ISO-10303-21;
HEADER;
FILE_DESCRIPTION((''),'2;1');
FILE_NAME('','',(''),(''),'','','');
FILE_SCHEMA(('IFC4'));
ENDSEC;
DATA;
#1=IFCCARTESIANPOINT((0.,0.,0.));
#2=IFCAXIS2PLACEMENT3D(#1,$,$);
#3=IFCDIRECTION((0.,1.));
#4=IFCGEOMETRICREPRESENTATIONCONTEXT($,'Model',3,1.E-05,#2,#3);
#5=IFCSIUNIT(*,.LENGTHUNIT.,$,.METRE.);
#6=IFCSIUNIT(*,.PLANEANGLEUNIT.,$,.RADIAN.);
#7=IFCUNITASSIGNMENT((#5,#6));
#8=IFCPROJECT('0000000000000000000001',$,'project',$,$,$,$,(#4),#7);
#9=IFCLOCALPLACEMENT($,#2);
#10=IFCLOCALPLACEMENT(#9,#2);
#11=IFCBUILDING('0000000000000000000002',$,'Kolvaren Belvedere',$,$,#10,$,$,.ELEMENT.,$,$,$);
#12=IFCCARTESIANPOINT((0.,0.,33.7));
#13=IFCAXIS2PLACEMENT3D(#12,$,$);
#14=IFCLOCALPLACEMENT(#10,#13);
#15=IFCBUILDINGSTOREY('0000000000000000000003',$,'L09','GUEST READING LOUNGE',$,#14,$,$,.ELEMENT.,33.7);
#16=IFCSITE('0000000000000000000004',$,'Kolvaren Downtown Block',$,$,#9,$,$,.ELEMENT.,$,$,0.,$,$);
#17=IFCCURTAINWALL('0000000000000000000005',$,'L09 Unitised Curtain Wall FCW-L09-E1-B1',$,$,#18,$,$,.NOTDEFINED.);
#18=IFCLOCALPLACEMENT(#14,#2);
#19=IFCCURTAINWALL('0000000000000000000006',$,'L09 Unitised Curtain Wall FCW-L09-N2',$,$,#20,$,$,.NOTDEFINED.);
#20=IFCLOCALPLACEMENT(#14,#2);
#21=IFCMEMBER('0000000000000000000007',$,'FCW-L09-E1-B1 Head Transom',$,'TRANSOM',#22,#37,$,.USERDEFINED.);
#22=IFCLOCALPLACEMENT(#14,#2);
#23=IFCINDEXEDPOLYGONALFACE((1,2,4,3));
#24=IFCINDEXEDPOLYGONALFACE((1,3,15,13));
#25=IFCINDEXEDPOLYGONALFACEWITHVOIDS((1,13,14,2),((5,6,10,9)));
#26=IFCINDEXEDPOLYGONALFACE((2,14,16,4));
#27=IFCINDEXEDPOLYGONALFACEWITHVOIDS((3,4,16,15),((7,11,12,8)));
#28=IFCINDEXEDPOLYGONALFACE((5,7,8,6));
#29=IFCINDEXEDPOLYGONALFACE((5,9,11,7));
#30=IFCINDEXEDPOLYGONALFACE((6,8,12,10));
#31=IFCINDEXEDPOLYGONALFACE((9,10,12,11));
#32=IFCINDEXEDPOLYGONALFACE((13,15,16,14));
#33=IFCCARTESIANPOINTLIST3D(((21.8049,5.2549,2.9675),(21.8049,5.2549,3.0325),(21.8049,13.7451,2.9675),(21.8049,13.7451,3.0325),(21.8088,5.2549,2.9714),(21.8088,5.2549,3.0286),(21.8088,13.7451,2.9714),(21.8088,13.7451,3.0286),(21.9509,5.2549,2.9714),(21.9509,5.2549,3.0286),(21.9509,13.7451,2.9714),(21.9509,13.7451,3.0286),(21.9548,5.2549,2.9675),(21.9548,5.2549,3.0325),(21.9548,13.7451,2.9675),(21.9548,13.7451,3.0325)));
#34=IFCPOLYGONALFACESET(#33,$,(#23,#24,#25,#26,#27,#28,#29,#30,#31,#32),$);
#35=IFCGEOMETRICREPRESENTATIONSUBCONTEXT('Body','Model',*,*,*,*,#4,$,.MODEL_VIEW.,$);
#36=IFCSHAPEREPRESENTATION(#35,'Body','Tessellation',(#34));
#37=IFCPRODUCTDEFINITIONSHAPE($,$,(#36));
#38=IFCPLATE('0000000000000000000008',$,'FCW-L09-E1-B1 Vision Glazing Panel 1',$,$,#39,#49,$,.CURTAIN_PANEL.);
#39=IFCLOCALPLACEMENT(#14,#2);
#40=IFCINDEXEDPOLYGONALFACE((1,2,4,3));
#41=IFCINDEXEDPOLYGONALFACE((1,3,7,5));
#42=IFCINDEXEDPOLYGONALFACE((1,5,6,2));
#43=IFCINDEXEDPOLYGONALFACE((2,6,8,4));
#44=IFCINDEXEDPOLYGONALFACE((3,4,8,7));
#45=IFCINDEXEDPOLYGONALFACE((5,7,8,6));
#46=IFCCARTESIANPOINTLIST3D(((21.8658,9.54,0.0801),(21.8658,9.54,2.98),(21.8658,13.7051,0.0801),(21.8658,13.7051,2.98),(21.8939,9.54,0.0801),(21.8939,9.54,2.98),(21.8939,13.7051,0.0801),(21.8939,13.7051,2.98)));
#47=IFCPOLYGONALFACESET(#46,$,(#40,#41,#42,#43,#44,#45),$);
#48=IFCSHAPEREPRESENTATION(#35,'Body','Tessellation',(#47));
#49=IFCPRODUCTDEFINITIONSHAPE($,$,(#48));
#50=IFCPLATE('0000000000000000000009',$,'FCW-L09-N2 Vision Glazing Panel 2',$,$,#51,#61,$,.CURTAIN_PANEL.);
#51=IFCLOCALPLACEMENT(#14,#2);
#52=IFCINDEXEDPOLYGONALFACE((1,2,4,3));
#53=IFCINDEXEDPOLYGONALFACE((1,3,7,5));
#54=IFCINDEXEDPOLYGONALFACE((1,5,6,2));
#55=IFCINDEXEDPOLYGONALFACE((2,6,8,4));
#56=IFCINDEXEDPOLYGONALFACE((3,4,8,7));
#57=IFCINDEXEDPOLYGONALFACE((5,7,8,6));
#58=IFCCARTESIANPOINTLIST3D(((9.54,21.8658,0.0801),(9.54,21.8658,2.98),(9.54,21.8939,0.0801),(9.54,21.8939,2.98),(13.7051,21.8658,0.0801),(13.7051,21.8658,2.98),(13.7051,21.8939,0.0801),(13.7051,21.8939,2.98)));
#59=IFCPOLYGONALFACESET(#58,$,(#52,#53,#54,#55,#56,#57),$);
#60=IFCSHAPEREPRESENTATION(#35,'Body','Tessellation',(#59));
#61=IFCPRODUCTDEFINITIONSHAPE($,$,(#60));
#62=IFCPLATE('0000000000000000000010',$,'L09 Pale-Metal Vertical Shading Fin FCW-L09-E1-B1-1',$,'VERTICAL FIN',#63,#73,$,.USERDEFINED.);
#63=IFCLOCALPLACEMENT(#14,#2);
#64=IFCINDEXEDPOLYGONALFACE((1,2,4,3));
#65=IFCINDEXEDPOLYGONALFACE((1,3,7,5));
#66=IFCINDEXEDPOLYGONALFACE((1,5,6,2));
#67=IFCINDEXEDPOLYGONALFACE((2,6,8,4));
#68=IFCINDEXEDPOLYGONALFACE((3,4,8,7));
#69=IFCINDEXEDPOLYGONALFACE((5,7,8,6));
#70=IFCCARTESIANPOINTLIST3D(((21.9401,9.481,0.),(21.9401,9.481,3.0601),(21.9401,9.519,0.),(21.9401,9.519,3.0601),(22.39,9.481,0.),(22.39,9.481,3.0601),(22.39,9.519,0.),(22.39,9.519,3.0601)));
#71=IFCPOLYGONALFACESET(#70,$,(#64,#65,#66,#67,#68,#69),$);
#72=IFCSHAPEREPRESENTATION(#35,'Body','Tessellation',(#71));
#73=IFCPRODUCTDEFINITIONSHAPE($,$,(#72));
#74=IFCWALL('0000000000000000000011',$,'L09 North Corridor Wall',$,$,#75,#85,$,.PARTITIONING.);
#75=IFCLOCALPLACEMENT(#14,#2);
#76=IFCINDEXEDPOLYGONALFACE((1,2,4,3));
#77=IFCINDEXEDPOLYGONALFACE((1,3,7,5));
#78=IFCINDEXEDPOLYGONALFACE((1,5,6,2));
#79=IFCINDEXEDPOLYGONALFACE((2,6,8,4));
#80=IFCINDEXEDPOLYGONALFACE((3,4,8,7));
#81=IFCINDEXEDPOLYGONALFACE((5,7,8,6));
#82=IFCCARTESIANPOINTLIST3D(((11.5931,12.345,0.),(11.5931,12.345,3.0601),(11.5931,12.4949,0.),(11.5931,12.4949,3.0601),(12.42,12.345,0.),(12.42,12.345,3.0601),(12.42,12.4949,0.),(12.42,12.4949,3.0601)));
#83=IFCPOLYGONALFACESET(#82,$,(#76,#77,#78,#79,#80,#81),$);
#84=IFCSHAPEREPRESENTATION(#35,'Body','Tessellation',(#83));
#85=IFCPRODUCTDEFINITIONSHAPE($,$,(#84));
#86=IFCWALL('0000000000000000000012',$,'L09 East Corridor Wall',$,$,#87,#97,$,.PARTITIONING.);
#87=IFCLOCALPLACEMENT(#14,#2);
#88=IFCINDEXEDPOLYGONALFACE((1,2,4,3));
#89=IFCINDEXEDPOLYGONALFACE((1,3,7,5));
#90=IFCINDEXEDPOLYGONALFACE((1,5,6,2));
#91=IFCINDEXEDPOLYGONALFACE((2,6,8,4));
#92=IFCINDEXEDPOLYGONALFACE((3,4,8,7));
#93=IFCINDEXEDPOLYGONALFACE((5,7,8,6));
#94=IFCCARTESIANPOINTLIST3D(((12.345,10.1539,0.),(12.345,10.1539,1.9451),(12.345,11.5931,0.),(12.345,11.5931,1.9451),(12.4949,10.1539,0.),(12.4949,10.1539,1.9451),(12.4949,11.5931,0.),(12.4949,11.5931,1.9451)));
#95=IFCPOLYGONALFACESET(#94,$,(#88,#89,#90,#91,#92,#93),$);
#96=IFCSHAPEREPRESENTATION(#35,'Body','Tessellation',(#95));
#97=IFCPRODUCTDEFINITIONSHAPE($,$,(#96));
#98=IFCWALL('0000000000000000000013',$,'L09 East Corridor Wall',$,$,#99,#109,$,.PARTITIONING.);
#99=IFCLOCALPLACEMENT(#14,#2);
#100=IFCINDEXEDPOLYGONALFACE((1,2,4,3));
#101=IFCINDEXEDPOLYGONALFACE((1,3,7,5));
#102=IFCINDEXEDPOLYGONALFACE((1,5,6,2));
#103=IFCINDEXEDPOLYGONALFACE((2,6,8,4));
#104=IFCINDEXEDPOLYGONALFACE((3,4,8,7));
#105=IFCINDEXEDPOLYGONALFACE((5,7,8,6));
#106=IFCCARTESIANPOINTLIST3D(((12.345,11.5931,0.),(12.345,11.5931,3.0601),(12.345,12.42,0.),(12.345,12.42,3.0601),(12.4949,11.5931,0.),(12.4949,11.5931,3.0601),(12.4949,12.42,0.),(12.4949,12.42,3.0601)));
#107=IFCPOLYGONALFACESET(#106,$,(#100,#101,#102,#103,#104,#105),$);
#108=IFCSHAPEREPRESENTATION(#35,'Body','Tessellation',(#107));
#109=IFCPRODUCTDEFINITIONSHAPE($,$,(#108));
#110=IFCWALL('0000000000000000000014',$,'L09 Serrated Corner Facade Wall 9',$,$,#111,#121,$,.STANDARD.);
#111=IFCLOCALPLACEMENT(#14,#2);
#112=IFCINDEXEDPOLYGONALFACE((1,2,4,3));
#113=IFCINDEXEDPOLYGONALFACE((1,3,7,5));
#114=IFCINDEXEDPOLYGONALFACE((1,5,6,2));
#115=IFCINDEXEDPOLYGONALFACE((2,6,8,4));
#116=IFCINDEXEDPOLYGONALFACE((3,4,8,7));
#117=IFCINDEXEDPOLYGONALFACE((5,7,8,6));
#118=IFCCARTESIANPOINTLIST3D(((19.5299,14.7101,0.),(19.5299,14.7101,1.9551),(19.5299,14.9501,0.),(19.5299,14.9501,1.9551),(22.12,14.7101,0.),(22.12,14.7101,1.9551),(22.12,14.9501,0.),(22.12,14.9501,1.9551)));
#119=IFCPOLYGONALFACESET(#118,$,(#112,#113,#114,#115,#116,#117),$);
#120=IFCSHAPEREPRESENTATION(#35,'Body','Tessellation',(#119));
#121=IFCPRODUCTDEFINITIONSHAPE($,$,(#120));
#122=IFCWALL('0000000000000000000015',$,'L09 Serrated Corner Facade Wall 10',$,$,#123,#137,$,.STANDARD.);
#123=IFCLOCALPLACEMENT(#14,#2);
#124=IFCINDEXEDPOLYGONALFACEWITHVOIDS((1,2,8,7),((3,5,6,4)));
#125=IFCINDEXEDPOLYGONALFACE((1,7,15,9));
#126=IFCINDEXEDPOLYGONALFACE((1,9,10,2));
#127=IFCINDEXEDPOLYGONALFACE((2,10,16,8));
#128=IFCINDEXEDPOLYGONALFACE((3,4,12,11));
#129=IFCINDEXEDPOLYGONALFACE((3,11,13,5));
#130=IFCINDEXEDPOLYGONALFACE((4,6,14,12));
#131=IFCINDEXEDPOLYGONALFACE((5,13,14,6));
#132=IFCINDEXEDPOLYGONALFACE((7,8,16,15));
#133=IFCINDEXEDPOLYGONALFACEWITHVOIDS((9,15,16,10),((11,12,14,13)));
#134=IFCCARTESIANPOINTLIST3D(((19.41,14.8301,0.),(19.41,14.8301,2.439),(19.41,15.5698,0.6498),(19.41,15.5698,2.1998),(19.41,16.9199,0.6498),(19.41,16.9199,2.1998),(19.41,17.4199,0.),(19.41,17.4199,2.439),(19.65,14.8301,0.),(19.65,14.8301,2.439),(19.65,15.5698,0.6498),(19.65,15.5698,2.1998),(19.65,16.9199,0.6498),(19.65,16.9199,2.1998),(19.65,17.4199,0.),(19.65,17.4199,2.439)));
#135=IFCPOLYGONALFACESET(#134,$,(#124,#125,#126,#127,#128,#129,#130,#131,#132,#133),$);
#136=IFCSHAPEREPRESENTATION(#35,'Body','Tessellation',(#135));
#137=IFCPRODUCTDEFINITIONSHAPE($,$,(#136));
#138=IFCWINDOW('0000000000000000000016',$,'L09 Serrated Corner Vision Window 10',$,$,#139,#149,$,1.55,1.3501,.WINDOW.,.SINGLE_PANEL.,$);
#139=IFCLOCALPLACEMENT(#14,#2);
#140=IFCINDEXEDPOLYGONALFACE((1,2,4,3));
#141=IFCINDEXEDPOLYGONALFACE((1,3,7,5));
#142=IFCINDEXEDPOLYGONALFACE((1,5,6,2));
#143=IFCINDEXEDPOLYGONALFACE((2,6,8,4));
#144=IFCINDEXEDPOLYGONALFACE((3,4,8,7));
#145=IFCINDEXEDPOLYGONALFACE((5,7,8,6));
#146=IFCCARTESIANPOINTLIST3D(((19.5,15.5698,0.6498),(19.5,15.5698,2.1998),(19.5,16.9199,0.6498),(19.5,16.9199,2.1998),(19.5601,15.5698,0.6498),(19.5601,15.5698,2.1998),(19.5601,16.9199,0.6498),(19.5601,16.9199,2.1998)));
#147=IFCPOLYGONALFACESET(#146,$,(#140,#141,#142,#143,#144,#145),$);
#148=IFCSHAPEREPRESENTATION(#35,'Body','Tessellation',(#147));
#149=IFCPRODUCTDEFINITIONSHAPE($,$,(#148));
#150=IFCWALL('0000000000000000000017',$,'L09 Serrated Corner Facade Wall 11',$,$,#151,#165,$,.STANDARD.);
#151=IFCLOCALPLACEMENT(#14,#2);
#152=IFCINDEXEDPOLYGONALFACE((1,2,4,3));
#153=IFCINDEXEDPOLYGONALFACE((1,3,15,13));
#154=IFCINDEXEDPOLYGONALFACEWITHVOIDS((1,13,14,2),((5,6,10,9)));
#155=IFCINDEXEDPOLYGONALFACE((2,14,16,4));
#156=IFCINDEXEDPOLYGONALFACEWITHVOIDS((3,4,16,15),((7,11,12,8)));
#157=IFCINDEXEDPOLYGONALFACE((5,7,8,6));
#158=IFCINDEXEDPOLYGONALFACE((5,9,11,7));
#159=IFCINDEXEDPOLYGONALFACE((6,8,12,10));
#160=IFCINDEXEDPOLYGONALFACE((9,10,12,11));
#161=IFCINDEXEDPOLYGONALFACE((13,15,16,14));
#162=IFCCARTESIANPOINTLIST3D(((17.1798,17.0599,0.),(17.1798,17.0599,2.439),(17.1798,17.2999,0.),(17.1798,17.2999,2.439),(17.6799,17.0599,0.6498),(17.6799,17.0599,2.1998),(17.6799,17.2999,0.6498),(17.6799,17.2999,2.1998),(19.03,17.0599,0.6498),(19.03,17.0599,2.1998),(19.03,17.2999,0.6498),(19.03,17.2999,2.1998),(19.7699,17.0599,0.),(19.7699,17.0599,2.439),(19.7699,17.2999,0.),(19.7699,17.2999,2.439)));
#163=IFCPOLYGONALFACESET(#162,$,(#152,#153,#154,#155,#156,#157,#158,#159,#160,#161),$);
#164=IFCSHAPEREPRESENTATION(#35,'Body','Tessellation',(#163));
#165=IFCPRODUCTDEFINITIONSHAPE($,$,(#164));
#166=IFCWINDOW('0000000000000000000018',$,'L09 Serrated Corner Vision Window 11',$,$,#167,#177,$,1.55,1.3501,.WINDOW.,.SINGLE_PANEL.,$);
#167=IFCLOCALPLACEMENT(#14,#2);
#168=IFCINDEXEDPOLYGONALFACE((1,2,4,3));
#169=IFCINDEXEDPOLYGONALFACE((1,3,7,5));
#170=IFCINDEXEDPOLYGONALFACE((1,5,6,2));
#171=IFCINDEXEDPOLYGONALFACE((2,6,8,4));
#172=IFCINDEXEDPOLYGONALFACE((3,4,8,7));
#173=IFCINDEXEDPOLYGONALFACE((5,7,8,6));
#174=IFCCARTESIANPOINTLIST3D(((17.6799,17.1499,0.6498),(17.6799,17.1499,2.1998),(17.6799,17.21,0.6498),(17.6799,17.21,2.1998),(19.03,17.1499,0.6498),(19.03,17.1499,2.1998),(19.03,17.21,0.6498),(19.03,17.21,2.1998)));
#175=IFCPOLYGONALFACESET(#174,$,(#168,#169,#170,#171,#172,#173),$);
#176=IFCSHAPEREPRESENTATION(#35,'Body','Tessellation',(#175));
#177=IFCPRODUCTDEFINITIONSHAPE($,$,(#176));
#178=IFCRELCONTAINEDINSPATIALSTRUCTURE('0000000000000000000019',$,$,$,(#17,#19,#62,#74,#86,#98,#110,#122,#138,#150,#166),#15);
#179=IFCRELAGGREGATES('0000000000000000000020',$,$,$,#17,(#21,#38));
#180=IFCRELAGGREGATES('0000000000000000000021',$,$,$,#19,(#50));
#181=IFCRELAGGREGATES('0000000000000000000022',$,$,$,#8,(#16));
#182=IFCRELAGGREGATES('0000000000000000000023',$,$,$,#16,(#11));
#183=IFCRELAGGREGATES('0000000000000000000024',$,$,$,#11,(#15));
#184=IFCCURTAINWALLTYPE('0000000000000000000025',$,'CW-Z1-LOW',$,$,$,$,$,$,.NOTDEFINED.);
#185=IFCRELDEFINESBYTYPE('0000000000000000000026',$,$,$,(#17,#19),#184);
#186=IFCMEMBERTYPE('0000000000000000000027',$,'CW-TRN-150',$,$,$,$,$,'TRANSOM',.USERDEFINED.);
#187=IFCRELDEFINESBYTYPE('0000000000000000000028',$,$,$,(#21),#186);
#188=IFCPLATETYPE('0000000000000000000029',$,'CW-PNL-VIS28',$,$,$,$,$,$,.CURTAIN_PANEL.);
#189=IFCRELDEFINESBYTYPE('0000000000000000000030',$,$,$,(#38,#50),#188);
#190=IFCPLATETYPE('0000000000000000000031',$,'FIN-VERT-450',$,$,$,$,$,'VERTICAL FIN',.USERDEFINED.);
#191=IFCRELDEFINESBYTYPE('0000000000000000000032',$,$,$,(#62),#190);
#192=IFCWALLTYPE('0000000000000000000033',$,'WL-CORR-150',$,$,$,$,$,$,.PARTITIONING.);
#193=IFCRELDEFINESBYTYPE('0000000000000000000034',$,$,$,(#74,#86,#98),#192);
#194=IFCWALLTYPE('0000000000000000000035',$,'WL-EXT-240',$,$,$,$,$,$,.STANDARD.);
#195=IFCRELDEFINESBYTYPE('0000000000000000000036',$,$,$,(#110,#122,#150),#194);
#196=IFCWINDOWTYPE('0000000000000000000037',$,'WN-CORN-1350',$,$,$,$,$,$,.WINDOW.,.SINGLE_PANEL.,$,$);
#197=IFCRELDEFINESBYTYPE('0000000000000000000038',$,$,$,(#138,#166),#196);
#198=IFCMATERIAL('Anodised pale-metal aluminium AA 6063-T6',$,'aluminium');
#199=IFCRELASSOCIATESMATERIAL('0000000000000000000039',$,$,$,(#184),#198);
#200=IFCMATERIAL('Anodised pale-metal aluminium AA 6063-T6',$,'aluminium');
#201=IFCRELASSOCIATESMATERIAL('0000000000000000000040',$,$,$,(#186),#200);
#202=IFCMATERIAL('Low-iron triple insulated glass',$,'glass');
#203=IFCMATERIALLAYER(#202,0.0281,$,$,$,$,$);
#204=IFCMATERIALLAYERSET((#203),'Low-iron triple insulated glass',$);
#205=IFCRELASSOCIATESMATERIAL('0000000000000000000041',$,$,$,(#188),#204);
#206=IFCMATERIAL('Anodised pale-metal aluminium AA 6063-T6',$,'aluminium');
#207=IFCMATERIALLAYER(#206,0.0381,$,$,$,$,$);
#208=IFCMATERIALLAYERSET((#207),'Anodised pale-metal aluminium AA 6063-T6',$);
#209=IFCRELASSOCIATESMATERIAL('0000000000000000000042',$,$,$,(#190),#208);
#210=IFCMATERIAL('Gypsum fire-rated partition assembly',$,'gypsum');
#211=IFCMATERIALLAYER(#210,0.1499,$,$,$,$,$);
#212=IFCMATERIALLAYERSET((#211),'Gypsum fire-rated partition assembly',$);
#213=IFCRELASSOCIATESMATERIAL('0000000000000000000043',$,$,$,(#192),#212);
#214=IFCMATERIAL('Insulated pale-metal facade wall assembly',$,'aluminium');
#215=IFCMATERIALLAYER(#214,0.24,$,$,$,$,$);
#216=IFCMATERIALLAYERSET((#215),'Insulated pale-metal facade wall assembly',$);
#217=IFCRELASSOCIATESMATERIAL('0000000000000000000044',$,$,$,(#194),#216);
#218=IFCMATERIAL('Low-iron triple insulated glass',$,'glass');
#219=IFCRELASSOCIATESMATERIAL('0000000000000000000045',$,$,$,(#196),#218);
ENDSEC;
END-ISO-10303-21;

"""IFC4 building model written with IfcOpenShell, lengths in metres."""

from ifc_helpers import new_model, si_unit, direction, frame, frame_2d, origin, origin_2d, place, context, subcontext, project, spatial, rectangle, hollow_rectangle, extrude, material, layer, layer_set, material_profile, profile_set, type_object, element, fill, aggregate, save


model = new_model("IFC4")

# Units and contexts
model_context = context("Model", 3, precision=1e-05, world=origin(), true_north=direction((0.0, 1.0)))
body_context = subcontext(model_context, "Body", "Model", "MODEL_VIEW")
ifc_project = project(units=[si_unit("LENGTHUNIT", "METRE"), si_unit("PLANEANGLEUNIT", "RADIAN")], contexts=[model_context])

# Site, building, storey
site_placement = place(None, origin())
site = spatial("IfcSite", under=ifc_project, at=site_placement, Name="Kolvaren Downtown Block", CompositionType="ELEMENT", RefElevation=0.0)
building_placement = place(site_placement, origin())
building = spatial("IfcBuilding", under=site, at=building_placement, Name="Kolvaren Belvedere", CompositionType="ELEMENT")
storey_placement = place(building_placement, frame((0.0, 0.0, 33.7)))
storey = spatial("IfcBuildingStorey", under=building, at=storey_placement, Name="L09", Description="GUEST READING LOUNGE", CompositionType="ELEMENT", Elevation=33.7)

# Curtain wall
ifc_material_1 = material(Name="Anodised pale-metal aluminium AA 6063-T6", Category="aluminium")
curtain_wall_type = type_object("IfcCurtainWallType", Name="CW-Z1-LOW", PredefinedType="NOTDEFINED", material=ifc_material_1)
curtain_wall_1_placement = place(storey_placement, origin())
curtain_wall_1 = element("IfcCurtainWall", 1, at=curtain_wall_1_placement, inside=storey, type_object=curtain_wall_type, Name="L09 Unitised Curtain Wall FCW-L09-E1-B1", PredefinedType="NOTDEFINED")

# Curtain wall
curtain_wall_2_placement = place(storey_placement, origin())
curtain_wall_2 = element("IfcCurtainWall", 2, at=curtain_wall_2_placement, inside=storey, type_object=curtain_wall_type, Name="L09 Unitised Curtain Wall FCW-L09-N2", PredefinedType="NOTDEFINED")

# Member
ifc_material_2 = material(Name="Anodised pale-metal aluminium AA 6063-T6", Category="aluminium")
ifc_material_profile_1 = material_profile(ifc_material_2, hollow_rectangle(XDim=0.0649, YDim=0.1499, WallThickness=0.0039, at=origin_2d()), Name="ALU-TRN-150X65")
ifc_profile_set_1 = profile_set([ifc_material_profile_1], Name="Anodised pale-metal aluminium AA 6063-T6")
member_type_1 = type_object("IfcMemberType", Name="CW-TRN-150", ElementType="TRANSOM", PredefinedType="USERDEFINED", material=ifc_profile_set_1)
member_1_placement = place(storey_placement, frame((21.8799, 13.7451, 3.0), z_axis=(0.0, -1.0, 0.0), x_axis=(0.0, 0.0, 1.0)))
member_1 = element("IfcMember", 3, at=member_1_placement, type_object=member_type_1, Name="FCW-L09-E1-B1 Head Transom", ObjectType="TRANSOM", PredefinedType="USERDEFINED", context=body_context, shape_type="SweptSolid", body=[
    extrude(hollow_rectangle(XDim=0.0649, YDim=0.1499, WallThickness=0.0039, at=origin_2d()), origin(), (0.0, 0.0, 1.0), 8.4902),
])

# Plates
ifc_material_3 = material(Name="Low-iron triple insulated glass", Category="glass")
ifc_layer_1 = layer(ifc_material_3, 0.0281)
ifc_layer_set_1 = layer_set([ifc_layer_1], Name="Low-iron triple insulated glass")
plate_type_1 = type_object("IfcPlateType", Name="CW-PNL-VIS28", PredefinedType="CURTAIN_PANEL", material=ifc_layer_set_1)
plate_1_placement = place(storey_placement, frame((21.8799, 11.6226, 0.0801), z_axis=(0.0, 0.0, 1.0), x_axis=(0.0, -1.0, 0.0)))
plate_1 = element("IfcPlate", 4, at=plate_1_placement, type_object=plate_type_1, Name="FCW-L09-E1-B1 Vision Glazing Panel 1", PredefinedType="CURTAIN_PANEL", context=body_context, shape_type="SweptSolid", body=[
    extrude(rectangle(XDim=4.165, YDim=0.0281, at=origin_2d()), origin(), (0.0, 0.0, 1.0), 2.8999),
])
aggregate(curtain_wall_1, [member_1, plate_1])
plate_2_placement = place(storey_placement, frame((11.6226, 21.8799, 0.0801), z_axis=(0.0, 0.0, 1.0), x_axis=(1.0, 0.0, 0.0)))
plate_2 = element("IfcPlate", 5, at=plate_2_placement, type_object=plate_type_1, Name="FCW-L09-N2 Vision Glazing Panel 2", PredefinedType="CURTAIN_PANEL", context=body_context, shape_type="SweptSolid", body=[
    extrude(rectangle(XDim=4.165, YDim=0.0281, at=origin_2d()), origin(), (0.0, 0.0, 1.0), 2.8999),
])
aggregate(curtain_wall_2, [plate_2])
ifc_material_4 = material(Name="Anodised pale-metal aluminium AA 6063-T6", Category="aluminium")
ifc_layer_2 = layer(ifc_material_4, 0.0381)
ifc_layer_set_2 = layer_set([ifc_layer_2], Name="Anodised pale-metal aluminium AA 6063-T6")
plate_type_2 = type_object("IfcPlateType", Name="FIN-VERT-450", ElementType="VERTICAL FIN", PredefinedType="USERDEFINED", material=ifc_layer_set_2)
plate_3_placement = place(storey_placement, frame((22.165, 9.5, 0.0), z_axis=(0.0, 0.0, 1.0), x_axis=(1.0, 0.0, 0.0)))
element("IfcPlate", 6, at=plate_3_placement, inside=storey, type_object=plate_type_2, Name="L09 Pale-Metal Vertical Shading Fin FCW-L09-E1-B1-1", ObjectType="VERTICAL FIN", PredefinedType="USERDEFINED", context=body_context, shape_type="SweptSolid", body=[
    extrude(rectangle(XDim=0.45, YDim=0.0381, at=origin_2d()), origin(), (0.0, 0.0, 1.0), 3.0601),
])

# Walls
ifc_material_5 = material(Name="Gypsum fire-rated partition assembly", Category="gypsum")
ifc_layer_3 = layer(ifc_material_5, 0.1499)
ifc_layer_set_3 = layer_set([ifc_layer_3], Name="Gypsum fire-rated partition assembly")
wall_type_1 = type_object("IfcWallType", Name="WL-CORR-150", PredefinedType="PARTITIONING", material=ifc_layer_set_3)
wall_1_placement = place(storey_placement, frame((11.593, 12.4199, 0.0), z_axis=(0.0, 0.0, 1.0), x_axis=(1.0, 0.0, 0.0)))
element("IfcWall", 7, at=wall_1_placement, inside=storey, type_object=wall_type_1, Name="L09 North Corridor Wall", PredefinedType="PARTITIONING", context=body_context, shape_type="SweptSolid", body=[
    extrude(rectangle(XDim=0.8269, YDim=0.1499, at=frame_2d((0.4136, 0.0))), origin(), (0.0, 0.0, 1.0), 3.0601),
])
wall_2_placement = place(storey_placement, frame((12.4199, 10.1538, 0.0), z_axis=(0.0, 0.0, 1.0), x_axis=(0.0, 1.0, 0.0)))
element("IfcWall", 8, at=wall_2_placement, inside=storey, type_object=wall_type_1, Name="L09 East Corridor Wall", PredefinedType="PARTITIONING", context=body_context, shape_type="SweptSolid", body=[
    extrude(rectangle(XDim=1.4392, YDim=0.1499, at=frame_2d((0.7197, 0.0))), origin(), (0.0, 0.0, 1.0), 1.9451),
])
wall_3_placement = place(storey_placement, frame((12.4199, 11.593, 0.0), z_axis=(0.0, 0.0, 1.0), x_axis=(0.0, 1.0, 0.0)))
element("IfcWall", 9, at=wall_3_placement, inside=storey, type_object=wall_type_1, Name="L09 East Corridor Wall", PredefinedType="PARTITIONING", context=body_context, shape_type="SweptSolid", body=[
    extrude(rectangle(XDim=0.8269, YDim=0.1499, at=frame_2d((0.4136, 0.0))), origin(), (0.0, 0.0, 1.0), 3.0601),
])
ifc_material_6 = material(Name="Insulated pale-metal facade wall assembly", Category="aluminium")
ifc_layer_4 = layer(ifc_material_6, 0.24)
ifc_layer_set_4 = layer_set([ifc_layer_4], Name="Insulated pale-metal facade wall assembly")
wall_type_2 = type_object("IfcWallType", Name="WL-EXT-240", PredefinedType="STANDARD", material=ifc_layer_set_4)
wall_4_placement = place(storey_placement, frame((19.53, 14.8301, 0.0), z_axis=(0.0, 0.0, 1.0), x_axis=(1.0, 0.0, 0.0)))
element("IfcWall", 10, at=wall_4_placement, inside=storey, type_object=wall_type_2, Name="L09 Serrated Corner Facade Wall 9", PredefinedType="STANDARD", context=body_context, shape_type="SweptSolid", body=[
    extrude(rectangle(XDim=2.5901, YDim=0.24, at=frame_2d((1.2949, 0.0))), origin(), (0.0, 0.0, 1.0), 1.9551),
])

# Walls, openings, windows
wall_5_placement = place(storey_placement, frame((19.53, 17.4199, 0.0), z_axis=(0.0, 0.0, 1.0), x_axis=(0.0, -1.0, 0.0)))
wall_5 = element("IfcWall", 11, at=wall_5_placement, inside=storey, type_object=wall_type_2, Name="L09 Serrated Corner Facade Wall 10", PredefinedType="STANDARD", context=body_context, shape_type="SweptSolid", body=[
    extrude(rectangle(XDim=2.5898, YDim=0.24, at=frame_2d((1.2949, 0.0))), origin(), (0.0, 0.0, 1.0), 2.439),
])
opening_1_placement = place(wall_5_placement, frame((0.5, 0.0, 0.6499)))
opening_1 = element("IfcOpeningElement", 12, at=opening_1_placement, cuts=wall_5, PredefinedType="OPENING", context=body_context, shape_type="SweptSolid", body=[
    extrude(rectangle(XDim=1.3501, YDim=1.55, at=frame_2d((0.675, 0.7749))), frame((0.0, 0.1299, 0.0), z_axis=(0.0, -1.0, 0.0), x_axis=(1.0, 0.0, 0.0)), (0.0, 0.0, 1.0), 0.26),
])
ifc_material_7 = material(Name="Low-iron triple insulated glass", Category="glass")
window_type = type_object("IfcWindowType", Name="WN-CORN-1350", PartitioningType="SINGLE_PANEL", PredefinedType="WINDOW", material=ifc_material_7)
window_1_placement = place(opening_1_placement, origin())
window_1 = element("IfcWindow", 13, at=window_1_placement, inside=storey, type_object=window_type, Name="L09 Serrated Corner Vision Window 10", OverallHeight=1.55, OverallWidth=1.3501, PartitioningType="SINGLE_PANEL", PredefinedType="WINDOW", context=body_context, shape_type="SweptSolid", body=[
    extrude(rectangle(XDim=1.3501, YDim=1.55, at=frame_2d((0.675, 0.7749))), frame((0.0, 0.03, 0.0), z_axis=(0.0, -1.0, 0.0), x_axis=(1.0, 0.0, 0.0)), (0.0, 0.0, 1.0), 0.0601),
])
fill(opening_1, window_1)
wall_6_placement = place(storey_placement, frame((17.1799, 17.1799, 0.0), z_axis=(0.0, 0.0, 1.0), x_axis=(1.0, 0.0, 0.0)))
wall_6 = element("IfcWall", 14, at=wall_6_placement, inside=storey, type_object=wall_type_2, Name="L09 Serrated Corner Facade Wall 11", PredefinedType="STANDARD", context=body_context, shape_type="SweptSolid", body=[
    extrude(rectangle(XDim=2.5901, YDim=0.24, at=frame_2d((1.2949, 0.0))), origin(), (0.0, 0.0, 1.0), 2.439),
])
opening_2_placement = place(wall_6_placement, frame((0.5, 0.0, 0.6499)))
opening_2 = element("IfcOpeningElement", 15, at=opening_2_placement, cuts=wall_6, PredefinedType="OPENING", context=body_context, shape_type="SweptSolid", body=[
    extrude(rectangle(XDim=1.3501, YDim=1.55, at=frame_2d((0.675, 0.7749))), frame((0.0, 0.1299, 0.0), z_axis=(0.0, -1.0, 0.0), x_axis=(1.0, 0.0, 0.0)), (0.0, 0.0, 1.0), 0.26),
])
window_2_placement = place(opening_2_placement, origin())
window_2 = element("IfcWindow", 16, at=window_2_placement, inside=storey, type_object=window_type, Name="L09 Serrated Corner Vision Window 11", OverallHeight=1.55, OverallWidth=1.3501, PartitioningType="SINGLE_PANEL", PredefinedType="WINDOW", context=body_context, shape_type="SweptSolid", body=[
    extrude(rectangle(XDim=1.3501, YDim=1.55, at=frame_2d((0.675, 0.7749))), frame((0.0, 0.03, 0.0), z_axis=(0.0, -1.0, 0.0), x_axis=(1.0, 0.0, 0.0)), (0.0, 0.0, 1.0), 0.0601),
])
fill(opening_2, window_2)

save(model, "model.ifc")
